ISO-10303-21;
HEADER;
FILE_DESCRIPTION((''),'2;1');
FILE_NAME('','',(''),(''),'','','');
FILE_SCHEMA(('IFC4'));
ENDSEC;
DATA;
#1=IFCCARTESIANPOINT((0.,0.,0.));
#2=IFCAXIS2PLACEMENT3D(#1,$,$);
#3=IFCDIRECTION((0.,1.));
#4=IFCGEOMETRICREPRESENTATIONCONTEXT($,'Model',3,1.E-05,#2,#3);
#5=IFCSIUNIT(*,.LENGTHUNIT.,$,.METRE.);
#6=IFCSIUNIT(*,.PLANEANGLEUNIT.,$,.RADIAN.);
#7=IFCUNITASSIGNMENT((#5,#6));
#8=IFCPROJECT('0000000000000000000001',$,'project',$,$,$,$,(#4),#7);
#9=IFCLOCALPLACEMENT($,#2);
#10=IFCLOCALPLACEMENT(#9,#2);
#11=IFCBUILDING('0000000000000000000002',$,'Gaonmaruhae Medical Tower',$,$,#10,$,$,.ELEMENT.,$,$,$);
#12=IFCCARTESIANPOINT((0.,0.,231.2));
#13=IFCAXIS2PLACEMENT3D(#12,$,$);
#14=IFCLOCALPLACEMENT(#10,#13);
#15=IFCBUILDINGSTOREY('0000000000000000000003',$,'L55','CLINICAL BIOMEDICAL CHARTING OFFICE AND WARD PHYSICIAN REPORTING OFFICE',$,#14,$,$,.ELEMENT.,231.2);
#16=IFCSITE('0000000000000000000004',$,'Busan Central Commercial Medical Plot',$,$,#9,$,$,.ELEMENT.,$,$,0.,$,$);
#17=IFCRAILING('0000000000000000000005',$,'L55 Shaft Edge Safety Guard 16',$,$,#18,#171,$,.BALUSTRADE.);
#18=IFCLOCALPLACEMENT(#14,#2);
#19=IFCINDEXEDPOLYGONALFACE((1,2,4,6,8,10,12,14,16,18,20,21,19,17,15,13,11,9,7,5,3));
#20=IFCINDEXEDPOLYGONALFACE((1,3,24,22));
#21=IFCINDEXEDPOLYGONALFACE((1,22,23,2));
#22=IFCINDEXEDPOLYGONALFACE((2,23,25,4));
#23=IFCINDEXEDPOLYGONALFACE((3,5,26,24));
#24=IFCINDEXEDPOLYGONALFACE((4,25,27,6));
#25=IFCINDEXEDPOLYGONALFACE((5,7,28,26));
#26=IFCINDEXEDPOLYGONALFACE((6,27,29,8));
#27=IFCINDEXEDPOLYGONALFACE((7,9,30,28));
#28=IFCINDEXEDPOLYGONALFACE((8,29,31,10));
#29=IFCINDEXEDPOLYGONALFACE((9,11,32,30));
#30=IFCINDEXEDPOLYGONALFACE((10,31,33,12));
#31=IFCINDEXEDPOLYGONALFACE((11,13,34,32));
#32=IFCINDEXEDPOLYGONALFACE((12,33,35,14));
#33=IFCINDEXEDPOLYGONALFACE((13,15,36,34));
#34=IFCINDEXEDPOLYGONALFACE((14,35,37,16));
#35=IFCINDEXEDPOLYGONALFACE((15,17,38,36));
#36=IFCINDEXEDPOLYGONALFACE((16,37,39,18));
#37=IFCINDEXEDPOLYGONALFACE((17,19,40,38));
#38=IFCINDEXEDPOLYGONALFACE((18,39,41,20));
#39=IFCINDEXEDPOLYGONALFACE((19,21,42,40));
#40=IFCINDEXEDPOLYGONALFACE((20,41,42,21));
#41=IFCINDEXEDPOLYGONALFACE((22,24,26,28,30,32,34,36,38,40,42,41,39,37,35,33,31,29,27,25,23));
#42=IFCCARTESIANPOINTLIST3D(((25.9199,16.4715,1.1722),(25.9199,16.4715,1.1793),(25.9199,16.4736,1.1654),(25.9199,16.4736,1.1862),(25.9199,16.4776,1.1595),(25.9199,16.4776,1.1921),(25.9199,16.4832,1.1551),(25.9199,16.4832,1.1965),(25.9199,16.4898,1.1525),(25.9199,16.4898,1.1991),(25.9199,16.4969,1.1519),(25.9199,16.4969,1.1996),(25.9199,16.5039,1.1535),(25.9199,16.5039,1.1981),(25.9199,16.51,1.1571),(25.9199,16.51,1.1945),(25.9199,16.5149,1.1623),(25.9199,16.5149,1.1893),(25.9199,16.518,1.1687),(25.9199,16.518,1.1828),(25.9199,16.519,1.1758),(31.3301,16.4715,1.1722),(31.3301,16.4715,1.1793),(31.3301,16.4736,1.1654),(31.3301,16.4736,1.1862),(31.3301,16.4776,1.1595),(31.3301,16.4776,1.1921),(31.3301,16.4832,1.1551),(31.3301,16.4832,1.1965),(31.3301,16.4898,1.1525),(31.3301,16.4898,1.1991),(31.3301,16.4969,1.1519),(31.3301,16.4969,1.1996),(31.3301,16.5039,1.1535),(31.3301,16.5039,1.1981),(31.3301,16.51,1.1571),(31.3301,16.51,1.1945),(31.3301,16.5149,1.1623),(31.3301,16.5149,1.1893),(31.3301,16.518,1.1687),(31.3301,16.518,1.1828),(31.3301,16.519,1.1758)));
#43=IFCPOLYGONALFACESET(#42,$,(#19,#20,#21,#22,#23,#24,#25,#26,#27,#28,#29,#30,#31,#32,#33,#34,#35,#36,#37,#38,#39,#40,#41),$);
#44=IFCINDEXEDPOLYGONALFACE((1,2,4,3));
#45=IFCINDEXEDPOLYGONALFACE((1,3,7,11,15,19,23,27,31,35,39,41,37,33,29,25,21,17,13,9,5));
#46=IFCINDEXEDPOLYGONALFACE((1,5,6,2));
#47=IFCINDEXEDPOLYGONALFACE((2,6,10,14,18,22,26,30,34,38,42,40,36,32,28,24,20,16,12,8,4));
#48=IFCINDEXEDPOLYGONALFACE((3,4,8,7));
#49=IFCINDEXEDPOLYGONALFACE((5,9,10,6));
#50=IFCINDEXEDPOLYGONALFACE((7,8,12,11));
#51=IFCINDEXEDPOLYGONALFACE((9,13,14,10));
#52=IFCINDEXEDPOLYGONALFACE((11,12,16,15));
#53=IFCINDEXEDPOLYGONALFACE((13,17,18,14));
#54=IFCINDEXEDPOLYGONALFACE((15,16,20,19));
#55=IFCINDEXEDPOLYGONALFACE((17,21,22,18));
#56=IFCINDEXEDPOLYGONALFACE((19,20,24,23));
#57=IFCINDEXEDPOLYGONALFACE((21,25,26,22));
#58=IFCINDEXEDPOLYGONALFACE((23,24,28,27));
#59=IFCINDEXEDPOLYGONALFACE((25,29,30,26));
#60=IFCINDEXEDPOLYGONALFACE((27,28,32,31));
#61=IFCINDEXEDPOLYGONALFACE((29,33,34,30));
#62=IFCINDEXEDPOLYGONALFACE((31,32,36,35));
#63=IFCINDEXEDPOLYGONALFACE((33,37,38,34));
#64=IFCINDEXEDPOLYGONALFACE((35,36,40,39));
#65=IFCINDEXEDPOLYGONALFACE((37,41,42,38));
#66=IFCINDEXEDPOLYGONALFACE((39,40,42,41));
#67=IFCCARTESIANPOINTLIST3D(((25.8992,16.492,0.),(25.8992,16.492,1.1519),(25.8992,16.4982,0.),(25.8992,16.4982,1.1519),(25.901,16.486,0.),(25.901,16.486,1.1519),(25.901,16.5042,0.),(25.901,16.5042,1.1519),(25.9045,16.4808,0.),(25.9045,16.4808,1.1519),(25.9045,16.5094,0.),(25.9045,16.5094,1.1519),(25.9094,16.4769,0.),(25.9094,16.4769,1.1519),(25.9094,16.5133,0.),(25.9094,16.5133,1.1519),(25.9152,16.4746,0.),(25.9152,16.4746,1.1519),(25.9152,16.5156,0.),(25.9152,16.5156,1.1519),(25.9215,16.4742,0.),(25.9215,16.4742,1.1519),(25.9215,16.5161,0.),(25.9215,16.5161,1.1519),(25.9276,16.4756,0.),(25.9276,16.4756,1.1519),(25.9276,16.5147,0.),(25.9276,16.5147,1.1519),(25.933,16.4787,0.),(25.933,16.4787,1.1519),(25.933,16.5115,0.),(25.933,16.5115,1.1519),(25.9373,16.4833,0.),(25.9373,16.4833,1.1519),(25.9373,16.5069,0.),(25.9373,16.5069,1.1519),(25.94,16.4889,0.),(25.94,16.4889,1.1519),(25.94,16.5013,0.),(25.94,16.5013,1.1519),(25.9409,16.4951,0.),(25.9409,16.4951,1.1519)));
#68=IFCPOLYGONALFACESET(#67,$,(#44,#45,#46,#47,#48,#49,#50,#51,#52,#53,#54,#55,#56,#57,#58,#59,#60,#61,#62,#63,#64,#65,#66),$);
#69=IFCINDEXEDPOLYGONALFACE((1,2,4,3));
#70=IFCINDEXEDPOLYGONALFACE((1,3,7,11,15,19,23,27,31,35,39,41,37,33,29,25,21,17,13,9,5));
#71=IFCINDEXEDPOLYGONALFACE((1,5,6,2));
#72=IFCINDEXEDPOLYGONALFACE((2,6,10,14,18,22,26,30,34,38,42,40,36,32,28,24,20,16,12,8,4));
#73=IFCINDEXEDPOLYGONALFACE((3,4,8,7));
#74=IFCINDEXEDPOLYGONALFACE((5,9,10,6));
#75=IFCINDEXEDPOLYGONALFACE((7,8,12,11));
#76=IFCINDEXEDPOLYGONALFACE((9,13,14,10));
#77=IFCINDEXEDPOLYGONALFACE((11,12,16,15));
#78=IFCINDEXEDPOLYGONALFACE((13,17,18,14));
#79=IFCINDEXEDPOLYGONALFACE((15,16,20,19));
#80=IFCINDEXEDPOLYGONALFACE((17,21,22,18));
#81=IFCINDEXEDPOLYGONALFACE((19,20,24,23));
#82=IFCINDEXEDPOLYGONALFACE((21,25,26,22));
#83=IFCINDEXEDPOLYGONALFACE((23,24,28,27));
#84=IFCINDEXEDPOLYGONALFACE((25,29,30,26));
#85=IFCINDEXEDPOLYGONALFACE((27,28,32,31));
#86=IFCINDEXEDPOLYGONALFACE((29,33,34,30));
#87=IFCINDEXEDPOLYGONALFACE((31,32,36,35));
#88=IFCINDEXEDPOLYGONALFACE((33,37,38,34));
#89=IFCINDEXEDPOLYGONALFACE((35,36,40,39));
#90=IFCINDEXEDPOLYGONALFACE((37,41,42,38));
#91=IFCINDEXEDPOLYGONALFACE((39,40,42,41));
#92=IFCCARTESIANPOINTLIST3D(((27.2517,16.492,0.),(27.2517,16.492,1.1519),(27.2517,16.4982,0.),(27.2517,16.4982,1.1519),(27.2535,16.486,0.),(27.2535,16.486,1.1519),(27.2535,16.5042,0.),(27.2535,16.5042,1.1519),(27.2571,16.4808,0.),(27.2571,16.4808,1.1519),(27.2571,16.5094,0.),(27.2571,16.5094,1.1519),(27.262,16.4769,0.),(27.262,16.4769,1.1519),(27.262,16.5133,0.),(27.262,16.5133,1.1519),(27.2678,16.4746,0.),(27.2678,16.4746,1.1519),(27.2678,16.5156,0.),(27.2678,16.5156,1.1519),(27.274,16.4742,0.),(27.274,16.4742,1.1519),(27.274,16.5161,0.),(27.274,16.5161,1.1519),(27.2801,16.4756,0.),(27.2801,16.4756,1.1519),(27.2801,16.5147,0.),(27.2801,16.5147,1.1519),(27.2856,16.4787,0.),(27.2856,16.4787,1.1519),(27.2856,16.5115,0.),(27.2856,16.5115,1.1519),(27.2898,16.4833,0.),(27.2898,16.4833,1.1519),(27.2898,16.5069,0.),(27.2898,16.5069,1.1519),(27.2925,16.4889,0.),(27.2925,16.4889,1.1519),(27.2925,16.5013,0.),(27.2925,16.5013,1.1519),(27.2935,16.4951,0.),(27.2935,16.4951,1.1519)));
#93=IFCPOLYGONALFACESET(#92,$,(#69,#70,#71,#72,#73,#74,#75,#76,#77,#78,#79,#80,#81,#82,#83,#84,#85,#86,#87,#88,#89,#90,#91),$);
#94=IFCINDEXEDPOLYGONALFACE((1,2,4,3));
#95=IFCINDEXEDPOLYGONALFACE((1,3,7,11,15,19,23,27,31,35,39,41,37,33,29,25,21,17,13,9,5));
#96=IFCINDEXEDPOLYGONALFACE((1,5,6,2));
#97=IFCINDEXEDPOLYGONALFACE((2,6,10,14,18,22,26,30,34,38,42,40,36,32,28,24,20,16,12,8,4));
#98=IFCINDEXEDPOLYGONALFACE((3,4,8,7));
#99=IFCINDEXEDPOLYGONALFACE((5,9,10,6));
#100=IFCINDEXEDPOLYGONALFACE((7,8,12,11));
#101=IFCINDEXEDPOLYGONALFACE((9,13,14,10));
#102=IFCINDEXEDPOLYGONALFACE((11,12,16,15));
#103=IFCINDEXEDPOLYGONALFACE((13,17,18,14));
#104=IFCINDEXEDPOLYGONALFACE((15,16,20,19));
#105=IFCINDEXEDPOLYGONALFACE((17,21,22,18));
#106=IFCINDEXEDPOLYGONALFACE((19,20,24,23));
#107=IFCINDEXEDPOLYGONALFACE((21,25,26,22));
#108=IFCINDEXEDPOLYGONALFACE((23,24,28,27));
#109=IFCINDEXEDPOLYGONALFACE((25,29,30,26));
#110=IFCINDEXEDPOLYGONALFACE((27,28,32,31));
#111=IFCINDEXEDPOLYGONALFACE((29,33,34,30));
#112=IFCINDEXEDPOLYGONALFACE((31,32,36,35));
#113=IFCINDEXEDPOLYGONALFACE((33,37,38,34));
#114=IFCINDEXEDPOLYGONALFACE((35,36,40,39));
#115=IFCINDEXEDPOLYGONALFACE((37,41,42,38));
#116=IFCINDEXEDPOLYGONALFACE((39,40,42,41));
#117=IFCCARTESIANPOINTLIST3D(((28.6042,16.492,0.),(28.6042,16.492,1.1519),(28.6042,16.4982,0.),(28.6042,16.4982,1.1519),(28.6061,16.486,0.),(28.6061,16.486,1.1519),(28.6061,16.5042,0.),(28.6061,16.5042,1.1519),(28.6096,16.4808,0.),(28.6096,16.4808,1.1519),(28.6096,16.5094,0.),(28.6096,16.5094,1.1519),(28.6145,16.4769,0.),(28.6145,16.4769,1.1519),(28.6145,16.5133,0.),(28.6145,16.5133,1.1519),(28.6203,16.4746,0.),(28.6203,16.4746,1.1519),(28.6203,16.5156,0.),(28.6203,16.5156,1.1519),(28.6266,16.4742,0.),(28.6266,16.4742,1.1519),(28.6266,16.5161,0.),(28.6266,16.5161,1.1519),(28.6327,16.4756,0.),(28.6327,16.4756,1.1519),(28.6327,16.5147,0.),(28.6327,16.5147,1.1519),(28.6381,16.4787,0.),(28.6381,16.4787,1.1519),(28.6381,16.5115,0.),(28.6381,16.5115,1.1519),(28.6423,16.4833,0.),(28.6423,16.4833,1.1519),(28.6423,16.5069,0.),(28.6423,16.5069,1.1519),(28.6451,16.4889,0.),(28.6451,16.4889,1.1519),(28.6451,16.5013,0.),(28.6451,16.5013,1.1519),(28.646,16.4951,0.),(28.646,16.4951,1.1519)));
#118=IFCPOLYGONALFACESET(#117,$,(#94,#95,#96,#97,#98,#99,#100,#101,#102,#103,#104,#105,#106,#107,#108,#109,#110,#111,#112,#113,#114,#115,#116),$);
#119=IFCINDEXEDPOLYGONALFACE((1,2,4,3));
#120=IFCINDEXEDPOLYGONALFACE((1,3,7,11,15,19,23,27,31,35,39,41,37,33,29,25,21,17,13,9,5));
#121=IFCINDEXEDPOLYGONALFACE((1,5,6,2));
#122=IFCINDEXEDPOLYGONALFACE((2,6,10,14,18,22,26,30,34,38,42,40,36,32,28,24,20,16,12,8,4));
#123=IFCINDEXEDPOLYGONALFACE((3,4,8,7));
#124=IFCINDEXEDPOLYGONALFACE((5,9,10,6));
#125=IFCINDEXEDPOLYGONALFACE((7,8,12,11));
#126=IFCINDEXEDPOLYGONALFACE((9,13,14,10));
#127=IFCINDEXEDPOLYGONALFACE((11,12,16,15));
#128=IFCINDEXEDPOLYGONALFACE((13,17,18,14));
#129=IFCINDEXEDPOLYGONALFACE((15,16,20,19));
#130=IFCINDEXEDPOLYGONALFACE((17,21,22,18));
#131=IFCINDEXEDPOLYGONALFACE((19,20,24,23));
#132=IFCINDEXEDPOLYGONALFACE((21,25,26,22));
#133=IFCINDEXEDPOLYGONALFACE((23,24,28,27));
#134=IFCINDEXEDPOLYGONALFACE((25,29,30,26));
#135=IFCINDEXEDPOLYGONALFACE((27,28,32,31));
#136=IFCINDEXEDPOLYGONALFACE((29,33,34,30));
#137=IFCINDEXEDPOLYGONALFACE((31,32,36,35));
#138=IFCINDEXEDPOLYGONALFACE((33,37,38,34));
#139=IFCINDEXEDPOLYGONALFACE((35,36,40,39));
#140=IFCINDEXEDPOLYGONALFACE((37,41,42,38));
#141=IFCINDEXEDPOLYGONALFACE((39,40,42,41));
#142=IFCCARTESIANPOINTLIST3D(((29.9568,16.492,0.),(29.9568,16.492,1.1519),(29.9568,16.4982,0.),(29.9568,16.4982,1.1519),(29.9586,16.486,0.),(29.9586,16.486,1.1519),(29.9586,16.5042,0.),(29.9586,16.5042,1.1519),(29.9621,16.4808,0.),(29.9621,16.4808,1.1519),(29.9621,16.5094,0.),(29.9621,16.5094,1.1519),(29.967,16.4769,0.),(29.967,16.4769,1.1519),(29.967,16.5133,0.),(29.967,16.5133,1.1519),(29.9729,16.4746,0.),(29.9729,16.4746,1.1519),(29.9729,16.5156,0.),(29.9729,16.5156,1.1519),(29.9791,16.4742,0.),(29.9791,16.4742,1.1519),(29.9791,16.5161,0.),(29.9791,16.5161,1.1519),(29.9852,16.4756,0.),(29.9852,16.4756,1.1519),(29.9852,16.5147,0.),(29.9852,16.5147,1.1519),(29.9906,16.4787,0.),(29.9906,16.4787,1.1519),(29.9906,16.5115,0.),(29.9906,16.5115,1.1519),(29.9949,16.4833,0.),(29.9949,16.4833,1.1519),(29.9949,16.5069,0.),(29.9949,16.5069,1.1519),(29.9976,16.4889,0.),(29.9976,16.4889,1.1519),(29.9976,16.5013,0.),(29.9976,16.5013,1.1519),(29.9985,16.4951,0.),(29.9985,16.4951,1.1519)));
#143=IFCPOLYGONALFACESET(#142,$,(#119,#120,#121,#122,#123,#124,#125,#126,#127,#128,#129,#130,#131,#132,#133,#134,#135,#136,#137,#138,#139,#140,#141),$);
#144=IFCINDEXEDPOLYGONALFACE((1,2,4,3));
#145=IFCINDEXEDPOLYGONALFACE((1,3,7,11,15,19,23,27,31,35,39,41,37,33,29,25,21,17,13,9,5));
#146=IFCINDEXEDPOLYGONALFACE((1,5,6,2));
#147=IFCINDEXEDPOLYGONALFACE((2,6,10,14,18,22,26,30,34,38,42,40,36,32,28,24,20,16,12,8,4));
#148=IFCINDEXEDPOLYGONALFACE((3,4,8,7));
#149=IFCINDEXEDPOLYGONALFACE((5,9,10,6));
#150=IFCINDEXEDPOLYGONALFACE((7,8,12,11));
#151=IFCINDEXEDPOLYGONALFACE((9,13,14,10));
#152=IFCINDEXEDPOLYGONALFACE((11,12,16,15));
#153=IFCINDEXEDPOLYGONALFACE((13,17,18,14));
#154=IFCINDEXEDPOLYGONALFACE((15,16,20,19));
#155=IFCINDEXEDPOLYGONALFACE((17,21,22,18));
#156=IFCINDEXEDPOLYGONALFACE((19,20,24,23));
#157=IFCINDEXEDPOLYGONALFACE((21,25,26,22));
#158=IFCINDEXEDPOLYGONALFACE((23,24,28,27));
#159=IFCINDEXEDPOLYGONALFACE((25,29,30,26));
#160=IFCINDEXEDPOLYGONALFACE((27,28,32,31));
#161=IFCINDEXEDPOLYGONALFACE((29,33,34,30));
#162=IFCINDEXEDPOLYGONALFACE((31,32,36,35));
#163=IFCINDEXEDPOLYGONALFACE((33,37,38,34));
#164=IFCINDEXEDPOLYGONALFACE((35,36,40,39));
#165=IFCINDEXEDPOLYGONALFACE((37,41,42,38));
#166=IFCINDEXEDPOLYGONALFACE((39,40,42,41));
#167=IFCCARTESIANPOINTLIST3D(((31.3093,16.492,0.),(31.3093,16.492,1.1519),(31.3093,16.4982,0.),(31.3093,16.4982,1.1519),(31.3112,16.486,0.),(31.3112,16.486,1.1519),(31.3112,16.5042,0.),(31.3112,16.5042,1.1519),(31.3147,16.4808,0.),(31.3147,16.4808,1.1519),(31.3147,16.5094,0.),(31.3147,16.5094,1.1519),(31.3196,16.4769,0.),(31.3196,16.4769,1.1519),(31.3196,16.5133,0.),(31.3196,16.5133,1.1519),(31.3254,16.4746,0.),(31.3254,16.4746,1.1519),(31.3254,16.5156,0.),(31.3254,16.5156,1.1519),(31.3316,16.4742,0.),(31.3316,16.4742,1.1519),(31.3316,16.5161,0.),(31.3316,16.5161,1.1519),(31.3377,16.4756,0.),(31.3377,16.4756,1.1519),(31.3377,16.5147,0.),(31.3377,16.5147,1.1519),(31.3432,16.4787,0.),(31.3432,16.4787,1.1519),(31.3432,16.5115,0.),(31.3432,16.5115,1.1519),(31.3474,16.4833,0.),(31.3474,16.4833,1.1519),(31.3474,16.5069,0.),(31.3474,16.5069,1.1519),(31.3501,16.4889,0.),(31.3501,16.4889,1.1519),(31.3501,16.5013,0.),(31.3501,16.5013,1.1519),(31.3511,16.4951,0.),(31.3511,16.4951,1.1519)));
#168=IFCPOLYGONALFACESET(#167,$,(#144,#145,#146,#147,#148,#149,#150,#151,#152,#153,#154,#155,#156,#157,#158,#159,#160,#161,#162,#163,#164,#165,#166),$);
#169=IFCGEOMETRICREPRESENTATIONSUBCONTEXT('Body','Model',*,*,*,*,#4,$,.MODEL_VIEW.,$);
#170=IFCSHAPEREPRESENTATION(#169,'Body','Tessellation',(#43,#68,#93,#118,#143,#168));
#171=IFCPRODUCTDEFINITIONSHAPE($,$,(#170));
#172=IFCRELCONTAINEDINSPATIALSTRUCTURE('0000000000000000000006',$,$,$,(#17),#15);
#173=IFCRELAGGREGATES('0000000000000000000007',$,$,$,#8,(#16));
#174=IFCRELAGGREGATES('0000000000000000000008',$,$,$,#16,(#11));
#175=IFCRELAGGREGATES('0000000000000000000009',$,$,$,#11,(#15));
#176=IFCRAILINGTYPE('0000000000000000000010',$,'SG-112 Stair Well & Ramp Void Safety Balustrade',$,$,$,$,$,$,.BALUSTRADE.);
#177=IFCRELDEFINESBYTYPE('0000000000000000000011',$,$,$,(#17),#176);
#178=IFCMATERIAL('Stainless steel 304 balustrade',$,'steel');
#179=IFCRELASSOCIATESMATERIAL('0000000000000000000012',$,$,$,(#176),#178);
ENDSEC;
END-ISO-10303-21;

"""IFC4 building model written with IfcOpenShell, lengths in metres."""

from ifc_helpers import new_model, si_unit, direction, frame, origin, origin_2d, place, context, subcontext, project, spatial, circle, extrude, material, type_object, element, save


model = new_model("IFC4")

# Units and contexts
model_context = context("Model", 3, precision=1e-05, world=origin(), true_north=direction((0.0, 1.0)))
body_context = subcontext(model_context, "Body", "Model", "MODEL_VIEW")
ifc_project = project(units=[si_unit("LENGTHUNIT", "METRE"), si_unit("PLANEANGLEUNIT", "RADIAN")], contexts=[model_context])

# Site, building, storey
site_placement = place(None, origin())
site = spatial("IfcSite", under=ifc_project, at=site_placement, Name="Busan Central Commercial Medical Plot", CompositionType="ELEMENT", RefElevation=0.0)
building_placement = place(site_placement, origin())
building = spatial("IfcBuilding", under=site, at=building_placement, Name="Gaonmaruhae Medical Tower", CompositionType="ELEMENT")
storey_placement = place(building_placement, frame((0.0, 0.0, 231.2)))
storey = spatial("IfcBuildingStorey", under=building, at=storey_placement, Name="L55", Description="CLINICAL BIOMEDICAL CHARTING OFFICE AND WARD PHYSICIAN REPORTING OFFICE", CompositionType="ELEMENT", Elevation=231.2)

# Railing
ifc_material_1 = material(Name="Stainless steel 304 balustrade", Category="steel")
railing_type_1 = type_object("IfcRailingType", Name="SG-112 Stair Well & Ramp Void Safety Balustrade", PredefinedType="BALUSTRADE", material=ifc_material_1)
railing_1_placement = place(storey_placement, frame((25.9199, 16.4951, 0.0)))
element("IfcRailing", 1, at=railing_1_placement, inside=storey, type_object=railing_type_1, Name="L55 Shaft Edge Safety Guard 16", PredefinedType="BALUSTRADE", context=body_context, shape_type="SweptSolid", body=[
    extrude(circle(Radius=0.0239, at=origin_2d()), frame((0.0, 0.0, 1.1758), z_axis=(1.0, 0.0, 0.0), x_axis=(0.0, 1.0, 0.0)), (0.0, 0.0, 1.0), 5.4102),
    extrude(circle(Radius=0.021, at=origin_2d()), origin(), (0.0, 0.0, 1.0), 1.1519),
    extrude(circle(Radius=0.021, at=origin_2d()), frame((1.3525, 0.0, 0.0)), (0.0, 0.0, 1.0), 1.1519),
    extrude(circle(Radius=0.021, at=origin_2d()), frame((2.7051, 0.0, 0.0)), (0.0, 0.0, 1.0), 1.1519),
    extrude(circle(Radius=0.021, at=origin_2d()), frame((4.0576, 0.0, 0.0)), (0.0, 0.0, 1.0), 1.1519),
    extrude(circle(Radius=0.021, at=origin_2d()), frame((5.4102, 0.0, 0.0)), (0.0, 0.0, 1.0), 1.1519),
])

save(model, "model.ifc")
